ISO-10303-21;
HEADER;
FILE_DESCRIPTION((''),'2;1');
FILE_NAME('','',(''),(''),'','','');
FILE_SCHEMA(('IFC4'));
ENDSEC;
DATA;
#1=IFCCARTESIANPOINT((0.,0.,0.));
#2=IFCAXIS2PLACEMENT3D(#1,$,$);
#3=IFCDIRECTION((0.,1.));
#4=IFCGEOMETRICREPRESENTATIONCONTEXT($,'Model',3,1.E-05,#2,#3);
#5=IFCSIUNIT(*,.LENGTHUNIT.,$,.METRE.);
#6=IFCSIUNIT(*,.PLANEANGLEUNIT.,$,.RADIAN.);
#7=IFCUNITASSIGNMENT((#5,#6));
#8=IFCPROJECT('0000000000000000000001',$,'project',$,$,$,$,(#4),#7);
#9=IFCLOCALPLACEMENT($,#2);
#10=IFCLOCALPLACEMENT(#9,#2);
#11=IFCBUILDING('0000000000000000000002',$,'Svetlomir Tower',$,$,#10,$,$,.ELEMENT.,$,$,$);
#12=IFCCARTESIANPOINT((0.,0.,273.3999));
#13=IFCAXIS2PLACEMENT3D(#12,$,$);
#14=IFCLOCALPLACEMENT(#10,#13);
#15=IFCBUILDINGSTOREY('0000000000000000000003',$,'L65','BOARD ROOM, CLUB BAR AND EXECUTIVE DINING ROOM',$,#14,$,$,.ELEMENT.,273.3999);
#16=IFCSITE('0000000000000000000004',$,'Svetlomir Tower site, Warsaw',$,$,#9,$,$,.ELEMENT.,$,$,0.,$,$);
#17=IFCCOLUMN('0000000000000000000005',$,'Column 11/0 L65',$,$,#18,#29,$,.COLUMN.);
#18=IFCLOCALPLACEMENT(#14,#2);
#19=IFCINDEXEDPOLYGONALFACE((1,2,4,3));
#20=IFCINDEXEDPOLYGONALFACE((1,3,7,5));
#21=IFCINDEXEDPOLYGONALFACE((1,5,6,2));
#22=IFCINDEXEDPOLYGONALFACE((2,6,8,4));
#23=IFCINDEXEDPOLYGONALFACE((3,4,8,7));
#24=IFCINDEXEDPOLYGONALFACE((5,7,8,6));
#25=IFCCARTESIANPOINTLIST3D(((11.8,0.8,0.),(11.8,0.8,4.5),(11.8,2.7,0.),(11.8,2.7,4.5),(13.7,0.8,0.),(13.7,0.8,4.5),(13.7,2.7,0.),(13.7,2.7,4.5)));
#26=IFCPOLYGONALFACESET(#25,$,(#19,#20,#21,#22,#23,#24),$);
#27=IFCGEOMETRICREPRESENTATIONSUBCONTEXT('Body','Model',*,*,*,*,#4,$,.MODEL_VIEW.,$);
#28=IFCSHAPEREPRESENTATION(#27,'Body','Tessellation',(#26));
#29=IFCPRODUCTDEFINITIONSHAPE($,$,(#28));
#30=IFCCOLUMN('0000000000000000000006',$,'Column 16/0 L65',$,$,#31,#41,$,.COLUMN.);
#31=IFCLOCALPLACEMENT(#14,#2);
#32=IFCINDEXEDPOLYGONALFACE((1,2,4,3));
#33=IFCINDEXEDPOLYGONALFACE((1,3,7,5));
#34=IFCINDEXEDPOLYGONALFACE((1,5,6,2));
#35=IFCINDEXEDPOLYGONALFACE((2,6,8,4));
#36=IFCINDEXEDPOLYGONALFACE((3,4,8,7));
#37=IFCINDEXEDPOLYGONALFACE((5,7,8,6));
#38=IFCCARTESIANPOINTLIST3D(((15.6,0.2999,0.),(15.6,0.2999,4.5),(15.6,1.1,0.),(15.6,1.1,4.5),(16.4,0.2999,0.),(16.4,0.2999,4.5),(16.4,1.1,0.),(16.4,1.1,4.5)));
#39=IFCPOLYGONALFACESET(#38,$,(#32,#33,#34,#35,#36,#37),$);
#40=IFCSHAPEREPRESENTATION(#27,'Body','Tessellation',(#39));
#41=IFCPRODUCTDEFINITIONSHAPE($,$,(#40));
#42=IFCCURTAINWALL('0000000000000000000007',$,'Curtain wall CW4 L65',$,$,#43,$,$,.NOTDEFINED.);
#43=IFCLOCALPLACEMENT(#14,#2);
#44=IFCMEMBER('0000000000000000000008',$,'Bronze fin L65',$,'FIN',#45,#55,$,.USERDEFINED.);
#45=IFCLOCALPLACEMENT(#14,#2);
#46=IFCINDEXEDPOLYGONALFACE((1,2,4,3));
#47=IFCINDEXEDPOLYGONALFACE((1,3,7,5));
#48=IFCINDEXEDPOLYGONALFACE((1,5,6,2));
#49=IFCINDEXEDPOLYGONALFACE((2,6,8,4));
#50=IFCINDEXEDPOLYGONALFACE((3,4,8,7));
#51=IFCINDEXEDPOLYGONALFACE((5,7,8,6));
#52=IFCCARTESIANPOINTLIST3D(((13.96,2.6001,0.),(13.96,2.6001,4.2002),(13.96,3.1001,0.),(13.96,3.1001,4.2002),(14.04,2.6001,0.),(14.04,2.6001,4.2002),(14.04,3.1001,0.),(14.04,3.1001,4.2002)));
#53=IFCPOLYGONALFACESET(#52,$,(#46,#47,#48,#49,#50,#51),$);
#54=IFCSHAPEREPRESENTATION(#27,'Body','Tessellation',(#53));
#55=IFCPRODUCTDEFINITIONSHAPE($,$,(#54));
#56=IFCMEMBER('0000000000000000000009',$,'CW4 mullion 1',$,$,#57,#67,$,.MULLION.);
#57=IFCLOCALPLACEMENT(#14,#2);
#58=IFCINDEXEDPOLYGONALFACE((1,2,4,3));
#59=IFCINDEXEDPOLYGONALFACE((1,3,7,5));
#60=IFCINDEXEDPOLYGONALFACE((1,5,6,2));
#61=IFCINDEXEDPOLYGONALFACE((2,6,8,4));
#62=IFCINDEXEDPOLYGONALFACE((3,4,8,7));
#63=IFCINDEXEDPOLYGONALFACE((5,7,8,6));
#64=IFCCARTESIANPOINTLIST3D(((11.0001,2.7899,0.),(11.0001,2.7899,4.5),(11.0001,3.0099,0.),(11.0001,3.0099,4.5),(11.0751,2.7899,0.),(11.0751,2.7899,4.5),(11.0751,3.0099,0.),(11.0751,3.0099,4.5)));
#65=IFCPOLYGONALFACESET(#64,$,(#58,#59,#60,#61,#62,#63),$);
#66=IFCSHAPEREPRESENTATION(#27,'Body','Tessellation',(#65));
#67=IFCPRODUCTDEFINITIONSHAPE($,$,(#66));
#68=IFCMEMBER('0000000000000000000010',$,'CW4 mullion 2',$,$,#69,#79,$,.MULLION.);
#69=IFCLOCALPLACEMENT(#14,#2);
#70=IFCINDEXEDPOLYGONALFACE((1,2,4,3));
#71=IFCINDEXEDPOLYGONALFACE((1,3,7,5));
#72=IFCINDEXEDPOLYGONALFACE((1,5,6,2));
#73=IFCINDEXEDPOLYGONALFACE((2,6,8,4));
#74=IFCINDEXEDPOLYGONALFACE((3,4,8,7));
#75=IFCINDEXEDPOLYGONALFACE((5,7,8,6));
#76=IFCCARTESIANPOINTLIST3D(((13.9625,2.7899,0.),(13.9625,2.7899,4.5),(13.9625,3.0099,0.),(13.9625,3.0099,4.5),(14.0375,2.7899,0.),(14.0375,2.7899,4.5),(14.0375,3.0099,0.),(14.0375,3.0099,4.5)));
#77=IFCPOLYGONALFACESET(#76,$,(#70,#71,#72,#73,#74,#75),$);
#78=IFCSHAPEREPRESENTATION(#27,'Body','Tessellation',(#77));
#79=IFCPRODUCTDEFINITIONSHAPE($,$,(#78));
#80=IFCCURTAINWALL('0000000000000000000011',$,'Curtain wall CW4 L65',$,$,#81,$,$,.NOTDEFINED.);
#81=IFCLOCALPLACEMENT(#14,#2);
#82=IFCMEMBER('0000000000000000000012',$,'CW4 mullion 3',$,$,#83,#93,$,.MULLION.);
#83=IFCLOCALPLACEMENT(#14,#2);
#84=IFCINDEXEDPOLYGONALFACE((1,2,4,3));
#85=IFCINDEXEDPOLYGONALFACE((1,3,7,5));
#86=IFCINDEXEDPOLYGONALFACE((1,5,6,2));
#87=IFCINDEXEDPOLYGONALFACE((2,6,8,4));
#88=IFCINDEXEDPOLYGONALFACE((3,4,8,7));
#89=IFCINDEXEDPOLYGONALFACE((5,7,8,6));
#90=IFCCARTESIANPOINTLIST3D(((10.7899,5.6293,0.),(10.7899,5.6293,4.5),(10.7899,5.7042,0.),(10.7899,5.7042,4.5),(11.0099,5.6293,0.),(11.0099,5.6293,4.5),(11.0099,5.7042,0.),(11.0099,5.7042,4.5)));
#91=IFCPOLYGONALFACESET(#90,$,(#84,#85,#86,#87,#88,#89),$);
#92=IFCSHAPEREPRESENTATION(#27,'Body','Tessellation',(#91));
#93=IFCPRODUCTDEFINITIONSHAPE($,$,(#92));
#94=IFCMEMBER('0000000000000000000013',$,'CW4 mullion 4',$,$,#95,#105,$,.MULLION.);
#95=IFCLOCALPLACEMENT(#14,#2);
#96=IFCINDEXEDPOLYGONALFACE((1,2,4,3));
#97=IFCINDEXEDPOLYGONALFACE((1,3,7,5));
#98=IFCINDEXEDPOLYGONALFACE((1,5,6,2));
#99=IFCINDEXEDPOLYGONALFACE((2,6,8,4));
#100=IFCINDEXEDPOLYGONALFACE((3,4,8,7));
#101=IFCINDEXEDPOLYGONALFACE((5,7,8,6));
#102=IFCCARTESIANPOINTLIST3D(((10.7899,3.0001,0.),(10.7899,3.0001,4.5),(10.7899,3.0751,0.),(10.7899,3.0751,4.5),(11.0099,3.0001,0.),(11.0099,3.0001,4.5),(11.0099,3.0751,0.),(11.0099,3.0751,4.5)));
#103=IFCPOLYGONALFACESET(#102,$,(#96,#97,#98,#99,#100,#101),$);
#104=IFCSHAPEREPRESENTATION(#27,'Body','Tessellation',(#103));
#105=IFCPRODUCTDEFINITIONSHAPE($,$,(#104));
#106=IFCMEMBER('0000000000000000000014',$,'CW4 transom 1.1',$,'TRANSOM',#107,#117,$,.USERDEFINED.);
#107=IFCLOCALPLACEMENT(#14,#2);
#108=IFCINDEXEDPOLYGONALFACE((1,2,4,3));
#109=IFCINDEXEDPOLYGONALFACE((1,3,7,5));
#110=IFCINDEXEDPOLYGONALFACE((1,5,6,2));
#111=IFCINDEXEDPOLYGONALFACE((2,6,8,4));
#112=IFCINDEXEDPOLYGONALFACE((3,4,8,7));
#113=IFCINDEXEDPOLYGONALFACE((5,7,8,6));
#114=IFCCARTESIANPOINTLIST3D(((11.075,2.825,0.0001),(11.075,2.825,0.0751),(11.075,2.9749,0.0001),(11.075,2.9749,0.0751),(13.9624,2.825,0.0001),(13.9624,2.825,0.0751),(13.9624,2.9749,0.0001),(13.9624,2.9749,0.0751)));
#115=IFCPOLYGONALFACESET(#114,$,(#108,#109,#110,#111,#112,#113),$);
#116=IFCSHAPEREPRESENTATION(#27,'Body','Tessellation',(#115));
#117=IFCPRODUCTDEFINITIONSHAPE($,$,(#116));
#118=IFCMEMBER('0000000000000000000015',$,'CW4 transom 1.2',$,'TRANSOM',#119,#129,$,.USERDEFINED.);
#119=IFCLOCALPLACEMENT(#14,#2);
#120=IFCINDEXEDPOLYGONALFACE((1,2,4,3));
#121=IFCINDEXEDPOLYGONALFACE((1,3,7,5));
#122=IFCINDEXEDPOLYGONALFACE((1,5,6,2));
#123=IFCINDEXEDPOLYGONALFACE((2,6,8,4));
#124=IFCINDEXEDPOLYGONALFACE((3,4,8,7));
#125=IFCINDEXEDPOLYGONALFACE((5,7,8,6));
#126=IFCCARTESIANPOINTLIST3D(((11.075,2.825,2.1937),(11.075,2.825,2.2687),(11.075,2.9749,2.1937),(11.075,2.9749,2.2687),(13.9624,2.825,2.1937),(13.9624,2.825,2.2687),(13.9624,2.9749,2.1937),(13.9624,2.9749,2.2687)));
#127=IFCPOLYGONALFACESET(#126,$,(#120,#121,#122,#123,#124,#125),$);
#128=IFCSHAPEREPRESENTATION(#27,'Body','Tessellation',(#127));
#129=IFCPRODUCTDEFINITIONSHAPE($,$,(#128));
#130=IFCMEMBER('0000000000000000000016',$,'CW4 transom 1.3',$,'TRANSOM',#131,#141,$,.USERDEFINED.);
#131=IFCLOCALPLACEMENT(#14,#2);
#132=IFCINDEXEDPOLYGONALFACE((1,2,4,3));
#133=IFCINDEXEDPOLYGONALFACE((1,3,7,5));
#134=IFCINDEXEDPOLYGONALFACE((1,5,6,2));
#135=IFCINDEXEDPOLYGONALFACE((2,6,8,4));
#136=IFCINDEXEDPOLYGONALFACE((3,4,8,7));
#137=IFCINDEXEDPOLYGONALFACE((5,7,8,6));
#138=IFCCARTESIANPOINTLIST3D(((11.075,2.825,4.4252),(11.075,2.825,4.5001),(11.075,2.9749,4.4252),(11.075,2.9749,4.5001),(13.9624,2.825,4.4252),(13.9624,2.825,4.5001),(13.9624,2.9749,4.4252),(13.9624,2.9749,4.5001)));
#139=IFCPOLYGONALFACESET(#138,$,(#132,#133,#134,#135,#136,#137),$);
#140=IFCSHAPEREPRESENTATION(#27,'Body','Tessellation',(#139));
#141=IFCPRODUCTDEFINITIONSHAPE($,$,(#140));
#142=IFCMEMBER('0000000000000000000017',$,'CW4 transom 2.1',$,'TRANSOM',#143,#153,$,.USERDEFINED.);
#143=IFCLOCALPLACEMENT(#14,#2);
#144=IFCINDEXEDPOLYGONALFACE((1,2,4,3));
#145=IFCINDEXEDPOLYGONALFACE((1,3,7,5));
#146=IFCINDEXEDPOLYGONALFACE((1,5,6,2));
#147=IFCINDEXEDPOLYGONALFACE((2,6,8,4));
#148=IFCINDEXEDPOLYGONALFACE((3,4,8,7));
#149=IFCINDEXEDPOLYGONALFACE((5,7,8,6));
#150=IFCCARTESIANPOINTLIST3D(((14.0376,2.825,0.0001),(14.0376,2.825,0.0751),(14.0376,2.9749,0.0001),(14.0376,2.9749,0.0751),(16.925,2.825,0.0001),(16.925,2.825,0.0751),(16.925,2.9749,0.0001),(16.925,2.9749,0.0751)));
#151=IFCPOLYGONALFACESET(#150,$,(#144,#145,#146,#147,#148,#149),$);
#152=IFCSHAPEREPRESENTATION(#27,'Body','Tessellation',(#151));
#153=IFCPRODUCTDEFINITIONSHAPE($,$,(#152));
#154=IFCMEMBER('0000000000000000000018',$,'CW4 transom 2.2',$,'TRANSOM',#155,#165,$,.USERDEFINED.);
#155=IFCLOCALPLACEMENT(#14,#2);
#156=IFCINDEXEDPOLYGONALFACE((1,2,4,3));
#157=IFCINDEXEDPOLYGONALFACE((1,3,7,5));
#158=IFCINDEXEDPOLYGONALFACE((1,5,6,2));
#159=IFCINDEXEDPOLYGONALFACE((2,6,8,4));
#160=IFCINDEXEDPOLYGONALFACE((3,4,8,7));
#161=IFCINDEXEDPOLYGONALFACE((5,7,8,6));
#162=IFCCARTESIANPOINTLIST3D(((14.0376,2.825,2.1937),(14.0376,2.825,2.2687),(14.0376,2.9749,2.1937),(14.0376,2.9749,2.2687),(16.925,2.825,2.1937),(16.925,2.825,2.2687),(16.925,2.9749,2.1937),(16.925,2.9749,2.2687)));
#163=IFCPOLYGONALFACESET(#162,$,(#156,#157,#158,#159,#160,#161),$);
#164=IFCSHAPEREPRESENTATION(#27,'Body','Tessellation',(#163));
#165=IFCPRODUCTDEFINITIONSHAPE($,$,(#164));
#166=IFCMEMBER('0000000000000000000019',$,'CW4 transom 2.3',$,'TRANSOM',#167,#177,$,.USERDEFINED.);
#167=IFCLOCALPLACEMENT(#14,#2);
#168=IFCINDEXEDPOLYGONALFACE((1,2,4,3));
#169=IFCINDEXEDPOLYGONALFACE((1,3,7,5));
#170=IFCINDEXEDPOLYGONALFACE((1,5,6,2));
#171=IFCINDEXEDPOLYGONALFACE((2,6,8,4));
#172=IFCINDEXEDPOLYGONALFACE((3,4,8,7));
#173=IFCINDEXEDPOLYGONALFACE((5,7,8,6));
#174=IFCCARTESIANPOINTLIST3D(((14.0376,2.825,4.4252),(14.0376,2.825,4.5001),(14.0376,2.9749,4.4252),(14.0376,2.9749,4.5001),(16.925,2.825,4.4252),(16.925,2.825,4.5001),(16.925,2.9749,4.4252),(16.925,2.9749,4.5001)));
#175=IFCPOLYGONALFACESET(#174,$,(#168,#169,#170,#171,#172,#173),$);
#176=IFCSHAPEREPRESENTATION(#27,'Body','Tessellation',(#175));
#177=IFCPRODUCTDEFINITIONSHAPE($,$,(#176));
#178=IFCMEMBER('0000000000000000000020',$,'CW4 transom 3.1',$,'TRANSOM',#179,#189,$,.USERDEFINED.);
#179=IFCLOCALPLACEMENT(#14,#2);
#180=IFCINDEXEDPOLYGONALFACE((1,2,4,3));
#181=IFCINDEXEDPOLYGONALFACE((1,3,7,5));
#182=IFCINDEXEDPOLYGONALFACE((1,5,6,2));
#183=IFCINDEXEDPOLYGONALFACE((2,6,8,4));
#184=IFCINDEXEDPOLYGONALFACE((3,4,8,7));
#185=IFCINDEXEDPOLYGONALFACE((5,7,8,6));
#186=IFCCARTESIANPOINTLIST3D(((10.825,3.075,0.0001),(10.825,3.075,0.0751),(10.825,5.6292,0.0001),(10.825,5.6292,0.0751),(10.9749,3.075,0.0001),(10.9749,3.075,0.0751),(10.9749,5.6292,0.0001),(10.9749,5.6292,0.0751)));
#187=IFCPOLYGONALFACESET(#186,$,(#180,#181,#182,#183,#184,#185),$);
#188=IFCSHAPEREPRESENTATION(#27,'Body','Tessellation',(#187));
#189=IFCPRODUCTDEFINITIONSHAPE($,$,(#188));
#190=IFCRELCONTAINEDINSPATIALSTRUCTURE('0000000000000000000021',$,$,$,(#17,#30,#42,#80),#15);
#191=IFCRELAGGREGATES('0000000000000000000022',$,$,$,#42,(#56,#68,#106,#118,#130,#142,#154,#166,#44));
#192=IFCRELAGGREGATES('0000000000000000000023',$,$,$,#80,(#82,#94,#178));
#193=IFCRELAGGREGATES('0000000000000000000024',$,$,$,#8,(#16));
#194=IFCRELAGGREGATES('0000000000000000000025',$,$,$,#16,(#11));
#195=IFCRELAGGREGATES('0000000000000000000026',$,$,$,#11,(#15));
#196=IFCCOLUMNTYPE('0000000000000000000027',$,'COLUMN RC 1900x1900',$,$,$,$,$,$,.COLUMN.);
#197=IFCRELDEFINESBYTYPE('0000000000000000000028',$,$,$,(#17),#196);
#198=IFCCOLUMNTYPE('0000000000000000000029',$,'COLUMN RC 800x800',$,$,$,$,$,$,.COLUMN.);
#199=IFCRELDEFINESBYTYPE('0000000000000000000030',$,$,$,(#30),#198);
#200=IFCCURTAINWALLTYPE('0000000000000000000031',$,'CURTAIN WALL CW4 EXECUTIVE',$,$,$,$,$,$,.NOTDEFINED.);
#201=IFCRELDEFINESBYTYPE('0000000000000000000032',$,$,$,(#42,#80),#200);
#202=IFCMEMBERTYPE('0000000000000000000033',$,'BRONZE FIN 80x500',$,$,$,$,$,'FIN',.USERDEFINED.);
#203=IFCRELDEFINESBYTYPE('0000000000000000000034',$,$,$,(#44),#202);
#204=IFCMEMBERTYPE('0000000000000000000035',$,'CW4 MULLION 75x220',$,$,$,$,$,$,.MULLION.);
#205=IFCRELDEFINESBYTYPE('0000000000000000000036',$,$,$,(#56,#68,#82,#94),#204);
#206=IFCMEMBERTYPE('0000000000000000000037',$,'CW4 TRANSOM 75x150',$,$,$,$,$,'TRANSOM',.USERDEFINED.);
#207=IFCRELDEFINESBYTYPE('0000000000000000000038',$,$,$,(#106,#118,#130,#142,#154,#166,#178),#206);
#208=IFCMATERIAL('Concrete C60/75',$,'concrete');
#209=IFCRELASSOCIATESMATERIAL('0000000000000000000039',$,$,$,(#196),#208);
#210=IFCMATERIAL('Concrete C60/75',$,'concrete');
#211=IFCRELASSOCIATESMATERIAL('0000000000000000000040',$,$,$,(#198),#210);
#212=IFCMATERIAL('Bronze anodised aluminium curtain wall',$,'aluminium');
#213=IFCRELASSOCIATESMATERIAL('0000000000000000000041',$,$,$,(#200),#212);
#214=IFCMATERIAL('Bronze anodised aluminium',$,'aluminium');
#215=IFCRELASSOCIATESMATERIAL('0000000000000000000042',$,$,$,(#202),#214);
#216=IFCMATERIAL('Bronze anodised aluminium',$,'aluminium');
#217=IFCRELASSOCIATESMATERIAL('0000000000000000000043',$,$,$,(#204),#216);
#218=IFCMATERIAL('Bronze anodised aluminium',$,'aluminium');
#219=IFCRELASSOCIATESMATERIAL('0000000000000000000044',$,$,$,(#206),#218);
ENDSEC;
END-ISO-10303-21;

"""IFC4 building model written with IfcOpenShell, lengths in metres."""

from ifc_helpers import new_model, si_unit, direction, frame, origin, origin_2d, place, context, subcontext, project, spatial, rectangle, extrude, material, material_profile, profile_set, type_object, element, aggregate, save


model = new_model("IFC4")

# Units and contexts
model_context = context("Model", 3, precision=1e-05, world=origin(), true_north=direction((0.0, 1.0)))
body_context = subcontext(model_context, "Body", "Model", "MODEL_VIEW")
ifc_project = project(units=[si_unit("LENGTHUNIT", "METRE"), si_unit("PLANEANGLEUNIT", "RADIAN")], contexts=[model_context])

# Site, building, storey
site_placement = place(None, origin())
site = spatial("IfcSite", under=ifc_project, at=site_placement, Name="Svetlomir Tower site, Warsaw", CompositionType="ELEMENT", RefElevation=0.0)
building_placement = place(site_placement, origin())
building = spatial("IfcBuilding", under=site, at=building_placement, Name="Svetlomir Tower", CompositionType="ELEMENT")
storey_placement = place(building_placement, frame((0.0, 0.0, 273.3999)))
storey = spatial("IfcBuildingStorey", under=building, at=storey_placement, Name="L65", Description="BOARD ROOM, CLUB BAR AND EXECUTIVE DINING ROOM", CompositionType="ELEMENT", Elevation=273.3999)

# Columns
ifc_material_1 = material(Name="Concrete C60/75", Category="concrete")
ifc_material_profile_1 = material_profile(ifc_material_1, rectangle(XDim=1.8999, YDim=1.8999, at=origin_2d()), Name="RC 1900x1900")
ifc_profile_set_1 = profile_set([ifc_material_profile_1], Name="Concrete C60/75")
column_type_1 = type_object("IfcColumnType", Name="COLUMN RC 1900x1900", PredefinedType="COLUMN", material=ifc_profile_set_1)
column_1_placement = place(storey_placement, frame((12.75, 1.75, 0.0), z_axis=(0.0, 0.0, 1.0), x_axis=(1.0, 0.0, 0.0)))
element("IfcColumn", 1, at=column_1_placement, inside=storey, type_object=column_type_1, Name="Column 11/0 L65", PredefinedType="COLUMN", context=body_context, shape_type="SweptSolid", body=[
    extrude(rectangle(XDim=1.8999, YDim=1.8999, at=origin_2d()), origin(), (0.0, 0.0, 1.0), 4.5),
])
ifc_material_2 = material(Name="Concrete C60/75", Category="concrete")
ifc_material_profile_2 = material_profile(ifc_material_2, rectangle(XDim=0.8, YDim=0.8, at=origin_2d()), Name="RC 800x800")
ifc_profile_set_2 = profile_set([ifc_material_profile_2], Name="Concrete C60/75")
column_type_2 = type_object("IfcColumnType", Name="COLUMN RC 800x800", PredefinedType="COLUMN", material=ifc_profile_set_2)
column_2_placement = place(storey_placement, frame((16.0, 0.7, 0.0), z_axis=(0.0, 0.0, 1.0), x_axis=(1.0, 0.0, 0.0)))
element("IfcColumn", 2, at=column_2_placement, inside=storey, type_object=column_type_2, Name="Column 16/0 L65", PredefinedType="COLUMN", context=body_context, shape_type="SweptSolid", body=[
    extrude(rectangle(XDim=0.8, YDim=0.8, at=origin_2d()), origin(), (0.0, 0.0, 1.0), 4.5),
])

# Curtain walls, members
ifc_material_3 = material(Name="Bronze anodised aluminium curtain wall", Category="aluminium")
curtain_wall_type = type_object("IfcCurtainWallType", Name="CURTAIN WALL CW4 EXECUTIVE", PredefinedType="NOTDEFINED", material=ifc_material_3)
curtain_wall_1_placement = place(storey_placement, origin())
curtain_wall_1 = element("IfcCurtainWall", 3, at=curtain_wall_1_placement, inside=storey, type_object=curtain_wall_type, Name="Curtain wall CW4 L65", PredefinedType="NOTDEFINED")
ifc_material_4 = material(Name="Bronze anodised aluminium", Category="aluminium")
ifc_material_profile_3 = material_profile(ifc_material_4, rectangle(XDim=0.0801, YDim=0.5, at=origin_2d()), Name="FIN 80x500")
ifc_profile_set_3 = profile_set([ifc_material_profile_3], Name="Bronze anodised aluminium 6063-T6")
member_type_1 = type_object("IfcMemberType", Name="BRONZE FIN 80x500", ElementType="FIN", PredefinedType="USERDEFINED", material=ifc_profile_set_3)
member_1_placement = place(storey_placement, frame((14.0, 2.8501, 0.0), z_axis=(0.0, 0.0, 1.0), x_axis=(1.0, 0.0, 0.0)))
member_1 = element("IfcMember", 4, at=member_1_placement, type_object=member_type_1, Name="Bronze fin L65", ObjectType="FIN", PredefinedType="USERDEFINED", context=body_context, shape_type="SweptSolid", body=[
    extrude(rectangle(XDim=0.0801, YDim=0.5, at=origin_2d()), origin(), (0.0, 0.0, 1.0), 4.2002),
])
ifc_material_5 = material(Name="Bronze anodised aluminium", Category="aluminium")
ifc_material_profile_4 = material_profile(ifc_material_5, rectangle(XDim=0.075, YDim=0.22, at=origin_2d()), Name="AL 75x220")
ifc_profile_set_4 = profile_set([ifc_material_profile_4], Name="Bronze anodised aluminium 6063-T6")
member_type_2 = type_object("IfcMemberType", Name="CW4 MULLION 75x220", PredefinedType="MULLION", material=ifc_profile_set_4)
member_2_placement = place(storey_placement, frame((11.0376, 2.8999, 0.0), z_axis=(0.0, 0.0, 1.0), x_axis=(1.0, 0.0, 0.0)))
member_2 = element("IfcMember", 5, at=member_2_placement, type_object=member_type_2, Name="CW4 mullion 1", PredefinedType="MULLION", context=body_context, shape_type="SweptSolid", body=[
    extrude(rectangle(XDim=0.075, YDim=0.22, at=origin_2d()), origin(), (0.0, 0.0, 1.0), 4.5),
])
member_3_placement = place(storey_placement, frame((14.0, 2.8999, 0.0), z_axis=(0.0, 0.0, 1.0), x_axis=(1.0, 0.0, 0.0)))
member_3 = element("IfcMember", 6, at=member_3_placement, type_object=member_type_2, Name="CW4 mullion 2", PredefinedType="MULLION", context=body_context, shape_type="SweptSolid", body=[
    extrude(rectangle(XDim=0.075, YDim=0.22, at=origin_2d()), origin(), (0.0, 0.0, 1.0), 4.5),
])
curtain_wall_2_placement = place(storey_placement, origin())
curtain_wall_2 = element("IfcCurtainWall", 7, at=curtain_wall_2_placement, inside=storey, type_object=curtain_wall_type, Name="Curtain wall CW4 L65", PredefinedType="NOTDEFINED")
member_4_placement = place(storey_placement, frame((10.8999, 5.6667, 0.0), z_axis=(0.0, 0.0, 1.0), x_axis=(0.0, -1.0, 0.0)))
member_4 = element("IfcMember", 8, at=member_4_placement, type_object=member_type_2, Name="CW4 mullion 3", PredefinedType="MULLION", context=body_context, shape_type="SweptSolid", body=[
    extrude(rectangle(XDim=0.075, YDim=0.22, at=origin_2d()), origin(), (0.0, 0.0, 1.0), 4.5),
])
member_5_placement = place(storey_placement, frame((10.8999, 3.0376, 0.0), z_axis=(0.0, 0.0, 1.0), x_axis=(0.0, -1.0, 0.0)))
member_5 = element("IfcMember", 9, at=member_5_placement, type_object=member_type_2, Name="CW4 mullion 4", PredefinedType="MULLION", context=body_context, shape_type="SweptSolid", body=[
    extrude(rectangle(XDim=0.075, YDim=0.22, at=origin_2d()), origin(), (0.0, 0.0, 1.0), 4.5),
])

# Members
ifc_material_6 = material(Name="Bronze anodised aluminium", Category="aluminium")
ifc_material_profile_5 = material_profile(ifc_material_6, rectangle(XDim=0.1499, YDim=0.075, at=origin_2d()), Name="AL 150x75")
ifc_profile_set_5 = profile_set([ifc_material_profile_5], Name="Bronze anodised aluminium 6063-T6")
member_type_3 = type_object("IfcMemberType", Name="CW4 TRANSOM 75x150", ElementType="TRANSOM", PredefinedType="USERDEFINED", material=ifc_profile_set_5)
member_6_placement = place(storey_placement, frame((11.075, 2.8999, 0.0376), z_axis=(1.0, 0.0, 0.0), x_axis=(0.0, 1.0, 0.0)))
member_6 = element("IfcMember", 10, at=member_6_placement, type_object=member_type_3, Name="CW4 transom 1.1", ObjectType="TRANSOM", PredefinedType="USERDEFINED", context=body_context, shape_type="SweptSolid", body=[
    extrude(rectangle(XDim=0.1499, YDim=0.075, at=origin_2d()), origin(), (0.0, 0.0, 1.0), 2.8875),
])
member_7_placement = place(storey_placement, frame((11.075, 2.8999, 2.2312), z_axis=(1.0, 0.0, 0.0), x_axis=(0.0, 1.0, 0.0)))
member_7 = element("IfcMember", 11, at=member_7_placement, type_object=member_type_3, Name="CW4 transom 1.2", ObjectType="TRANSOM", PredefinedType="USERDEFINED", context=body_context, shape_type="SweptSolid", body=[
    extrude(rectangle(XDim=0.1499, YDim=0.075, at=origin_2d()), origin(), (0.0, 0.0, 1.0), 2.8875),
])
member_8_placement = place(storey_placement, frame((11.075, 2.8999, 4.4626), z_axis=(1.0, 0.0, 0.0), x_axis=(0.0, 1.0, 0.0)))
member_8 = element("IfcMember", 12, at=member_8_placement, type_object=member_type_3, Name="CW4 transom 1.3", ObjectType="TRANSOM", PredefinedType="USERDEFINED", context=body_context, shape_type="SweptSolid", body=[
    extrude(rectangle(XDim=0.1499, YDim=0.075, at=origin_2d()), origin(), (0.0, 0.0, 1.0), 2.8875),
])
member_9_placement = place(storey_placement, frame((14.0376, 2.8999, 0.0376), z_axis=(1.0, 0.0, 0.0), x_axis=(0.0, 1.0, 0.0)))
member_9 = element("IfcMember", 13, at=member_9_placement, type_object=member_type_3, Name="CW4 transom 2.1", ObjectType="TRANSOM", PredefinedType="USERDEFINED", context=body_context, shape_type="SweptSolid", body=[
    extrude(rectangle(XDim=0.1499, YDim=0.075, at=origin_2d()), origin(), (0.0, 0.0, 1.0), 2.8875),
])
member_10_placement = place(storey_placement, frame((14.0376, 2.8999, 2.2312), z_axis=(1.0, 0.0, 0.0), x_axis=(0.0, 1.0, 0.0)))
member_10 = element("IfcMember", 14, at=member_10_placement, type_object=member_type_3, Name="CW4 transom 2.2", ObjectType="TRANSOM", PredefinedType="USERDEFINED", context=body_context, shape_type="SweptSolid", body=[
    extrude(rectangle(XDim=0.1499, YDim=0.075, at=origin_2d()), origin(), (0.0, 0.0, 1.0), 2.8875),
])
member_11_placement = place(storey_placement, frame((14.0376, 2.8999, 4.4626), z_axis=(1.0, 0.0, 0.0), x_axis=(0.0, 1.0, 0.0)))
member_11 = element("IfcMember", 15, at=member_11_placement, type_object=member_type_3, Name="CW4 transom 2.3", ObjectType="TRANSOM", PredefinedType="USERDEFINED", context=body_context, shape_type="SweptSolid", body=[
    extrude(rectangle(XDim=0.1499, YDim=0.075, at=origin_2d()), origin(), (0.0, 0.0, 1.0), 2.8875),
])
member_12_placement = place(storey_placement, frame((10.8999, 5.6292, 0.0376), z_axis=(0.0, -1.0, 0.0), x_axis=(1.0, 0.0, 0.0)))
member_12 = element("IfcMember", 16, at=member_12_placement, type_object=member_type_3, Name="CW4 transom 3.1", ObjectType="TRANSOM", PredefinedType="USERDEFINED", context=body_context, shape_type="SweptSolid", body=[
    extrude(rectangle(XDim=0.1499, YDim=0.075, at=origin_2d()), origin(), (0.0, 0.0, 1.0), 2.5542),
])

aggregate(curtain_wall_1, [member_2, member_3, member_6, member_7, member_8, member_9, member_10, member_11, member_1])
aggregate(curtain_wall_2, [member_4, member_5, member_12])

save(model, "model.ifc")
